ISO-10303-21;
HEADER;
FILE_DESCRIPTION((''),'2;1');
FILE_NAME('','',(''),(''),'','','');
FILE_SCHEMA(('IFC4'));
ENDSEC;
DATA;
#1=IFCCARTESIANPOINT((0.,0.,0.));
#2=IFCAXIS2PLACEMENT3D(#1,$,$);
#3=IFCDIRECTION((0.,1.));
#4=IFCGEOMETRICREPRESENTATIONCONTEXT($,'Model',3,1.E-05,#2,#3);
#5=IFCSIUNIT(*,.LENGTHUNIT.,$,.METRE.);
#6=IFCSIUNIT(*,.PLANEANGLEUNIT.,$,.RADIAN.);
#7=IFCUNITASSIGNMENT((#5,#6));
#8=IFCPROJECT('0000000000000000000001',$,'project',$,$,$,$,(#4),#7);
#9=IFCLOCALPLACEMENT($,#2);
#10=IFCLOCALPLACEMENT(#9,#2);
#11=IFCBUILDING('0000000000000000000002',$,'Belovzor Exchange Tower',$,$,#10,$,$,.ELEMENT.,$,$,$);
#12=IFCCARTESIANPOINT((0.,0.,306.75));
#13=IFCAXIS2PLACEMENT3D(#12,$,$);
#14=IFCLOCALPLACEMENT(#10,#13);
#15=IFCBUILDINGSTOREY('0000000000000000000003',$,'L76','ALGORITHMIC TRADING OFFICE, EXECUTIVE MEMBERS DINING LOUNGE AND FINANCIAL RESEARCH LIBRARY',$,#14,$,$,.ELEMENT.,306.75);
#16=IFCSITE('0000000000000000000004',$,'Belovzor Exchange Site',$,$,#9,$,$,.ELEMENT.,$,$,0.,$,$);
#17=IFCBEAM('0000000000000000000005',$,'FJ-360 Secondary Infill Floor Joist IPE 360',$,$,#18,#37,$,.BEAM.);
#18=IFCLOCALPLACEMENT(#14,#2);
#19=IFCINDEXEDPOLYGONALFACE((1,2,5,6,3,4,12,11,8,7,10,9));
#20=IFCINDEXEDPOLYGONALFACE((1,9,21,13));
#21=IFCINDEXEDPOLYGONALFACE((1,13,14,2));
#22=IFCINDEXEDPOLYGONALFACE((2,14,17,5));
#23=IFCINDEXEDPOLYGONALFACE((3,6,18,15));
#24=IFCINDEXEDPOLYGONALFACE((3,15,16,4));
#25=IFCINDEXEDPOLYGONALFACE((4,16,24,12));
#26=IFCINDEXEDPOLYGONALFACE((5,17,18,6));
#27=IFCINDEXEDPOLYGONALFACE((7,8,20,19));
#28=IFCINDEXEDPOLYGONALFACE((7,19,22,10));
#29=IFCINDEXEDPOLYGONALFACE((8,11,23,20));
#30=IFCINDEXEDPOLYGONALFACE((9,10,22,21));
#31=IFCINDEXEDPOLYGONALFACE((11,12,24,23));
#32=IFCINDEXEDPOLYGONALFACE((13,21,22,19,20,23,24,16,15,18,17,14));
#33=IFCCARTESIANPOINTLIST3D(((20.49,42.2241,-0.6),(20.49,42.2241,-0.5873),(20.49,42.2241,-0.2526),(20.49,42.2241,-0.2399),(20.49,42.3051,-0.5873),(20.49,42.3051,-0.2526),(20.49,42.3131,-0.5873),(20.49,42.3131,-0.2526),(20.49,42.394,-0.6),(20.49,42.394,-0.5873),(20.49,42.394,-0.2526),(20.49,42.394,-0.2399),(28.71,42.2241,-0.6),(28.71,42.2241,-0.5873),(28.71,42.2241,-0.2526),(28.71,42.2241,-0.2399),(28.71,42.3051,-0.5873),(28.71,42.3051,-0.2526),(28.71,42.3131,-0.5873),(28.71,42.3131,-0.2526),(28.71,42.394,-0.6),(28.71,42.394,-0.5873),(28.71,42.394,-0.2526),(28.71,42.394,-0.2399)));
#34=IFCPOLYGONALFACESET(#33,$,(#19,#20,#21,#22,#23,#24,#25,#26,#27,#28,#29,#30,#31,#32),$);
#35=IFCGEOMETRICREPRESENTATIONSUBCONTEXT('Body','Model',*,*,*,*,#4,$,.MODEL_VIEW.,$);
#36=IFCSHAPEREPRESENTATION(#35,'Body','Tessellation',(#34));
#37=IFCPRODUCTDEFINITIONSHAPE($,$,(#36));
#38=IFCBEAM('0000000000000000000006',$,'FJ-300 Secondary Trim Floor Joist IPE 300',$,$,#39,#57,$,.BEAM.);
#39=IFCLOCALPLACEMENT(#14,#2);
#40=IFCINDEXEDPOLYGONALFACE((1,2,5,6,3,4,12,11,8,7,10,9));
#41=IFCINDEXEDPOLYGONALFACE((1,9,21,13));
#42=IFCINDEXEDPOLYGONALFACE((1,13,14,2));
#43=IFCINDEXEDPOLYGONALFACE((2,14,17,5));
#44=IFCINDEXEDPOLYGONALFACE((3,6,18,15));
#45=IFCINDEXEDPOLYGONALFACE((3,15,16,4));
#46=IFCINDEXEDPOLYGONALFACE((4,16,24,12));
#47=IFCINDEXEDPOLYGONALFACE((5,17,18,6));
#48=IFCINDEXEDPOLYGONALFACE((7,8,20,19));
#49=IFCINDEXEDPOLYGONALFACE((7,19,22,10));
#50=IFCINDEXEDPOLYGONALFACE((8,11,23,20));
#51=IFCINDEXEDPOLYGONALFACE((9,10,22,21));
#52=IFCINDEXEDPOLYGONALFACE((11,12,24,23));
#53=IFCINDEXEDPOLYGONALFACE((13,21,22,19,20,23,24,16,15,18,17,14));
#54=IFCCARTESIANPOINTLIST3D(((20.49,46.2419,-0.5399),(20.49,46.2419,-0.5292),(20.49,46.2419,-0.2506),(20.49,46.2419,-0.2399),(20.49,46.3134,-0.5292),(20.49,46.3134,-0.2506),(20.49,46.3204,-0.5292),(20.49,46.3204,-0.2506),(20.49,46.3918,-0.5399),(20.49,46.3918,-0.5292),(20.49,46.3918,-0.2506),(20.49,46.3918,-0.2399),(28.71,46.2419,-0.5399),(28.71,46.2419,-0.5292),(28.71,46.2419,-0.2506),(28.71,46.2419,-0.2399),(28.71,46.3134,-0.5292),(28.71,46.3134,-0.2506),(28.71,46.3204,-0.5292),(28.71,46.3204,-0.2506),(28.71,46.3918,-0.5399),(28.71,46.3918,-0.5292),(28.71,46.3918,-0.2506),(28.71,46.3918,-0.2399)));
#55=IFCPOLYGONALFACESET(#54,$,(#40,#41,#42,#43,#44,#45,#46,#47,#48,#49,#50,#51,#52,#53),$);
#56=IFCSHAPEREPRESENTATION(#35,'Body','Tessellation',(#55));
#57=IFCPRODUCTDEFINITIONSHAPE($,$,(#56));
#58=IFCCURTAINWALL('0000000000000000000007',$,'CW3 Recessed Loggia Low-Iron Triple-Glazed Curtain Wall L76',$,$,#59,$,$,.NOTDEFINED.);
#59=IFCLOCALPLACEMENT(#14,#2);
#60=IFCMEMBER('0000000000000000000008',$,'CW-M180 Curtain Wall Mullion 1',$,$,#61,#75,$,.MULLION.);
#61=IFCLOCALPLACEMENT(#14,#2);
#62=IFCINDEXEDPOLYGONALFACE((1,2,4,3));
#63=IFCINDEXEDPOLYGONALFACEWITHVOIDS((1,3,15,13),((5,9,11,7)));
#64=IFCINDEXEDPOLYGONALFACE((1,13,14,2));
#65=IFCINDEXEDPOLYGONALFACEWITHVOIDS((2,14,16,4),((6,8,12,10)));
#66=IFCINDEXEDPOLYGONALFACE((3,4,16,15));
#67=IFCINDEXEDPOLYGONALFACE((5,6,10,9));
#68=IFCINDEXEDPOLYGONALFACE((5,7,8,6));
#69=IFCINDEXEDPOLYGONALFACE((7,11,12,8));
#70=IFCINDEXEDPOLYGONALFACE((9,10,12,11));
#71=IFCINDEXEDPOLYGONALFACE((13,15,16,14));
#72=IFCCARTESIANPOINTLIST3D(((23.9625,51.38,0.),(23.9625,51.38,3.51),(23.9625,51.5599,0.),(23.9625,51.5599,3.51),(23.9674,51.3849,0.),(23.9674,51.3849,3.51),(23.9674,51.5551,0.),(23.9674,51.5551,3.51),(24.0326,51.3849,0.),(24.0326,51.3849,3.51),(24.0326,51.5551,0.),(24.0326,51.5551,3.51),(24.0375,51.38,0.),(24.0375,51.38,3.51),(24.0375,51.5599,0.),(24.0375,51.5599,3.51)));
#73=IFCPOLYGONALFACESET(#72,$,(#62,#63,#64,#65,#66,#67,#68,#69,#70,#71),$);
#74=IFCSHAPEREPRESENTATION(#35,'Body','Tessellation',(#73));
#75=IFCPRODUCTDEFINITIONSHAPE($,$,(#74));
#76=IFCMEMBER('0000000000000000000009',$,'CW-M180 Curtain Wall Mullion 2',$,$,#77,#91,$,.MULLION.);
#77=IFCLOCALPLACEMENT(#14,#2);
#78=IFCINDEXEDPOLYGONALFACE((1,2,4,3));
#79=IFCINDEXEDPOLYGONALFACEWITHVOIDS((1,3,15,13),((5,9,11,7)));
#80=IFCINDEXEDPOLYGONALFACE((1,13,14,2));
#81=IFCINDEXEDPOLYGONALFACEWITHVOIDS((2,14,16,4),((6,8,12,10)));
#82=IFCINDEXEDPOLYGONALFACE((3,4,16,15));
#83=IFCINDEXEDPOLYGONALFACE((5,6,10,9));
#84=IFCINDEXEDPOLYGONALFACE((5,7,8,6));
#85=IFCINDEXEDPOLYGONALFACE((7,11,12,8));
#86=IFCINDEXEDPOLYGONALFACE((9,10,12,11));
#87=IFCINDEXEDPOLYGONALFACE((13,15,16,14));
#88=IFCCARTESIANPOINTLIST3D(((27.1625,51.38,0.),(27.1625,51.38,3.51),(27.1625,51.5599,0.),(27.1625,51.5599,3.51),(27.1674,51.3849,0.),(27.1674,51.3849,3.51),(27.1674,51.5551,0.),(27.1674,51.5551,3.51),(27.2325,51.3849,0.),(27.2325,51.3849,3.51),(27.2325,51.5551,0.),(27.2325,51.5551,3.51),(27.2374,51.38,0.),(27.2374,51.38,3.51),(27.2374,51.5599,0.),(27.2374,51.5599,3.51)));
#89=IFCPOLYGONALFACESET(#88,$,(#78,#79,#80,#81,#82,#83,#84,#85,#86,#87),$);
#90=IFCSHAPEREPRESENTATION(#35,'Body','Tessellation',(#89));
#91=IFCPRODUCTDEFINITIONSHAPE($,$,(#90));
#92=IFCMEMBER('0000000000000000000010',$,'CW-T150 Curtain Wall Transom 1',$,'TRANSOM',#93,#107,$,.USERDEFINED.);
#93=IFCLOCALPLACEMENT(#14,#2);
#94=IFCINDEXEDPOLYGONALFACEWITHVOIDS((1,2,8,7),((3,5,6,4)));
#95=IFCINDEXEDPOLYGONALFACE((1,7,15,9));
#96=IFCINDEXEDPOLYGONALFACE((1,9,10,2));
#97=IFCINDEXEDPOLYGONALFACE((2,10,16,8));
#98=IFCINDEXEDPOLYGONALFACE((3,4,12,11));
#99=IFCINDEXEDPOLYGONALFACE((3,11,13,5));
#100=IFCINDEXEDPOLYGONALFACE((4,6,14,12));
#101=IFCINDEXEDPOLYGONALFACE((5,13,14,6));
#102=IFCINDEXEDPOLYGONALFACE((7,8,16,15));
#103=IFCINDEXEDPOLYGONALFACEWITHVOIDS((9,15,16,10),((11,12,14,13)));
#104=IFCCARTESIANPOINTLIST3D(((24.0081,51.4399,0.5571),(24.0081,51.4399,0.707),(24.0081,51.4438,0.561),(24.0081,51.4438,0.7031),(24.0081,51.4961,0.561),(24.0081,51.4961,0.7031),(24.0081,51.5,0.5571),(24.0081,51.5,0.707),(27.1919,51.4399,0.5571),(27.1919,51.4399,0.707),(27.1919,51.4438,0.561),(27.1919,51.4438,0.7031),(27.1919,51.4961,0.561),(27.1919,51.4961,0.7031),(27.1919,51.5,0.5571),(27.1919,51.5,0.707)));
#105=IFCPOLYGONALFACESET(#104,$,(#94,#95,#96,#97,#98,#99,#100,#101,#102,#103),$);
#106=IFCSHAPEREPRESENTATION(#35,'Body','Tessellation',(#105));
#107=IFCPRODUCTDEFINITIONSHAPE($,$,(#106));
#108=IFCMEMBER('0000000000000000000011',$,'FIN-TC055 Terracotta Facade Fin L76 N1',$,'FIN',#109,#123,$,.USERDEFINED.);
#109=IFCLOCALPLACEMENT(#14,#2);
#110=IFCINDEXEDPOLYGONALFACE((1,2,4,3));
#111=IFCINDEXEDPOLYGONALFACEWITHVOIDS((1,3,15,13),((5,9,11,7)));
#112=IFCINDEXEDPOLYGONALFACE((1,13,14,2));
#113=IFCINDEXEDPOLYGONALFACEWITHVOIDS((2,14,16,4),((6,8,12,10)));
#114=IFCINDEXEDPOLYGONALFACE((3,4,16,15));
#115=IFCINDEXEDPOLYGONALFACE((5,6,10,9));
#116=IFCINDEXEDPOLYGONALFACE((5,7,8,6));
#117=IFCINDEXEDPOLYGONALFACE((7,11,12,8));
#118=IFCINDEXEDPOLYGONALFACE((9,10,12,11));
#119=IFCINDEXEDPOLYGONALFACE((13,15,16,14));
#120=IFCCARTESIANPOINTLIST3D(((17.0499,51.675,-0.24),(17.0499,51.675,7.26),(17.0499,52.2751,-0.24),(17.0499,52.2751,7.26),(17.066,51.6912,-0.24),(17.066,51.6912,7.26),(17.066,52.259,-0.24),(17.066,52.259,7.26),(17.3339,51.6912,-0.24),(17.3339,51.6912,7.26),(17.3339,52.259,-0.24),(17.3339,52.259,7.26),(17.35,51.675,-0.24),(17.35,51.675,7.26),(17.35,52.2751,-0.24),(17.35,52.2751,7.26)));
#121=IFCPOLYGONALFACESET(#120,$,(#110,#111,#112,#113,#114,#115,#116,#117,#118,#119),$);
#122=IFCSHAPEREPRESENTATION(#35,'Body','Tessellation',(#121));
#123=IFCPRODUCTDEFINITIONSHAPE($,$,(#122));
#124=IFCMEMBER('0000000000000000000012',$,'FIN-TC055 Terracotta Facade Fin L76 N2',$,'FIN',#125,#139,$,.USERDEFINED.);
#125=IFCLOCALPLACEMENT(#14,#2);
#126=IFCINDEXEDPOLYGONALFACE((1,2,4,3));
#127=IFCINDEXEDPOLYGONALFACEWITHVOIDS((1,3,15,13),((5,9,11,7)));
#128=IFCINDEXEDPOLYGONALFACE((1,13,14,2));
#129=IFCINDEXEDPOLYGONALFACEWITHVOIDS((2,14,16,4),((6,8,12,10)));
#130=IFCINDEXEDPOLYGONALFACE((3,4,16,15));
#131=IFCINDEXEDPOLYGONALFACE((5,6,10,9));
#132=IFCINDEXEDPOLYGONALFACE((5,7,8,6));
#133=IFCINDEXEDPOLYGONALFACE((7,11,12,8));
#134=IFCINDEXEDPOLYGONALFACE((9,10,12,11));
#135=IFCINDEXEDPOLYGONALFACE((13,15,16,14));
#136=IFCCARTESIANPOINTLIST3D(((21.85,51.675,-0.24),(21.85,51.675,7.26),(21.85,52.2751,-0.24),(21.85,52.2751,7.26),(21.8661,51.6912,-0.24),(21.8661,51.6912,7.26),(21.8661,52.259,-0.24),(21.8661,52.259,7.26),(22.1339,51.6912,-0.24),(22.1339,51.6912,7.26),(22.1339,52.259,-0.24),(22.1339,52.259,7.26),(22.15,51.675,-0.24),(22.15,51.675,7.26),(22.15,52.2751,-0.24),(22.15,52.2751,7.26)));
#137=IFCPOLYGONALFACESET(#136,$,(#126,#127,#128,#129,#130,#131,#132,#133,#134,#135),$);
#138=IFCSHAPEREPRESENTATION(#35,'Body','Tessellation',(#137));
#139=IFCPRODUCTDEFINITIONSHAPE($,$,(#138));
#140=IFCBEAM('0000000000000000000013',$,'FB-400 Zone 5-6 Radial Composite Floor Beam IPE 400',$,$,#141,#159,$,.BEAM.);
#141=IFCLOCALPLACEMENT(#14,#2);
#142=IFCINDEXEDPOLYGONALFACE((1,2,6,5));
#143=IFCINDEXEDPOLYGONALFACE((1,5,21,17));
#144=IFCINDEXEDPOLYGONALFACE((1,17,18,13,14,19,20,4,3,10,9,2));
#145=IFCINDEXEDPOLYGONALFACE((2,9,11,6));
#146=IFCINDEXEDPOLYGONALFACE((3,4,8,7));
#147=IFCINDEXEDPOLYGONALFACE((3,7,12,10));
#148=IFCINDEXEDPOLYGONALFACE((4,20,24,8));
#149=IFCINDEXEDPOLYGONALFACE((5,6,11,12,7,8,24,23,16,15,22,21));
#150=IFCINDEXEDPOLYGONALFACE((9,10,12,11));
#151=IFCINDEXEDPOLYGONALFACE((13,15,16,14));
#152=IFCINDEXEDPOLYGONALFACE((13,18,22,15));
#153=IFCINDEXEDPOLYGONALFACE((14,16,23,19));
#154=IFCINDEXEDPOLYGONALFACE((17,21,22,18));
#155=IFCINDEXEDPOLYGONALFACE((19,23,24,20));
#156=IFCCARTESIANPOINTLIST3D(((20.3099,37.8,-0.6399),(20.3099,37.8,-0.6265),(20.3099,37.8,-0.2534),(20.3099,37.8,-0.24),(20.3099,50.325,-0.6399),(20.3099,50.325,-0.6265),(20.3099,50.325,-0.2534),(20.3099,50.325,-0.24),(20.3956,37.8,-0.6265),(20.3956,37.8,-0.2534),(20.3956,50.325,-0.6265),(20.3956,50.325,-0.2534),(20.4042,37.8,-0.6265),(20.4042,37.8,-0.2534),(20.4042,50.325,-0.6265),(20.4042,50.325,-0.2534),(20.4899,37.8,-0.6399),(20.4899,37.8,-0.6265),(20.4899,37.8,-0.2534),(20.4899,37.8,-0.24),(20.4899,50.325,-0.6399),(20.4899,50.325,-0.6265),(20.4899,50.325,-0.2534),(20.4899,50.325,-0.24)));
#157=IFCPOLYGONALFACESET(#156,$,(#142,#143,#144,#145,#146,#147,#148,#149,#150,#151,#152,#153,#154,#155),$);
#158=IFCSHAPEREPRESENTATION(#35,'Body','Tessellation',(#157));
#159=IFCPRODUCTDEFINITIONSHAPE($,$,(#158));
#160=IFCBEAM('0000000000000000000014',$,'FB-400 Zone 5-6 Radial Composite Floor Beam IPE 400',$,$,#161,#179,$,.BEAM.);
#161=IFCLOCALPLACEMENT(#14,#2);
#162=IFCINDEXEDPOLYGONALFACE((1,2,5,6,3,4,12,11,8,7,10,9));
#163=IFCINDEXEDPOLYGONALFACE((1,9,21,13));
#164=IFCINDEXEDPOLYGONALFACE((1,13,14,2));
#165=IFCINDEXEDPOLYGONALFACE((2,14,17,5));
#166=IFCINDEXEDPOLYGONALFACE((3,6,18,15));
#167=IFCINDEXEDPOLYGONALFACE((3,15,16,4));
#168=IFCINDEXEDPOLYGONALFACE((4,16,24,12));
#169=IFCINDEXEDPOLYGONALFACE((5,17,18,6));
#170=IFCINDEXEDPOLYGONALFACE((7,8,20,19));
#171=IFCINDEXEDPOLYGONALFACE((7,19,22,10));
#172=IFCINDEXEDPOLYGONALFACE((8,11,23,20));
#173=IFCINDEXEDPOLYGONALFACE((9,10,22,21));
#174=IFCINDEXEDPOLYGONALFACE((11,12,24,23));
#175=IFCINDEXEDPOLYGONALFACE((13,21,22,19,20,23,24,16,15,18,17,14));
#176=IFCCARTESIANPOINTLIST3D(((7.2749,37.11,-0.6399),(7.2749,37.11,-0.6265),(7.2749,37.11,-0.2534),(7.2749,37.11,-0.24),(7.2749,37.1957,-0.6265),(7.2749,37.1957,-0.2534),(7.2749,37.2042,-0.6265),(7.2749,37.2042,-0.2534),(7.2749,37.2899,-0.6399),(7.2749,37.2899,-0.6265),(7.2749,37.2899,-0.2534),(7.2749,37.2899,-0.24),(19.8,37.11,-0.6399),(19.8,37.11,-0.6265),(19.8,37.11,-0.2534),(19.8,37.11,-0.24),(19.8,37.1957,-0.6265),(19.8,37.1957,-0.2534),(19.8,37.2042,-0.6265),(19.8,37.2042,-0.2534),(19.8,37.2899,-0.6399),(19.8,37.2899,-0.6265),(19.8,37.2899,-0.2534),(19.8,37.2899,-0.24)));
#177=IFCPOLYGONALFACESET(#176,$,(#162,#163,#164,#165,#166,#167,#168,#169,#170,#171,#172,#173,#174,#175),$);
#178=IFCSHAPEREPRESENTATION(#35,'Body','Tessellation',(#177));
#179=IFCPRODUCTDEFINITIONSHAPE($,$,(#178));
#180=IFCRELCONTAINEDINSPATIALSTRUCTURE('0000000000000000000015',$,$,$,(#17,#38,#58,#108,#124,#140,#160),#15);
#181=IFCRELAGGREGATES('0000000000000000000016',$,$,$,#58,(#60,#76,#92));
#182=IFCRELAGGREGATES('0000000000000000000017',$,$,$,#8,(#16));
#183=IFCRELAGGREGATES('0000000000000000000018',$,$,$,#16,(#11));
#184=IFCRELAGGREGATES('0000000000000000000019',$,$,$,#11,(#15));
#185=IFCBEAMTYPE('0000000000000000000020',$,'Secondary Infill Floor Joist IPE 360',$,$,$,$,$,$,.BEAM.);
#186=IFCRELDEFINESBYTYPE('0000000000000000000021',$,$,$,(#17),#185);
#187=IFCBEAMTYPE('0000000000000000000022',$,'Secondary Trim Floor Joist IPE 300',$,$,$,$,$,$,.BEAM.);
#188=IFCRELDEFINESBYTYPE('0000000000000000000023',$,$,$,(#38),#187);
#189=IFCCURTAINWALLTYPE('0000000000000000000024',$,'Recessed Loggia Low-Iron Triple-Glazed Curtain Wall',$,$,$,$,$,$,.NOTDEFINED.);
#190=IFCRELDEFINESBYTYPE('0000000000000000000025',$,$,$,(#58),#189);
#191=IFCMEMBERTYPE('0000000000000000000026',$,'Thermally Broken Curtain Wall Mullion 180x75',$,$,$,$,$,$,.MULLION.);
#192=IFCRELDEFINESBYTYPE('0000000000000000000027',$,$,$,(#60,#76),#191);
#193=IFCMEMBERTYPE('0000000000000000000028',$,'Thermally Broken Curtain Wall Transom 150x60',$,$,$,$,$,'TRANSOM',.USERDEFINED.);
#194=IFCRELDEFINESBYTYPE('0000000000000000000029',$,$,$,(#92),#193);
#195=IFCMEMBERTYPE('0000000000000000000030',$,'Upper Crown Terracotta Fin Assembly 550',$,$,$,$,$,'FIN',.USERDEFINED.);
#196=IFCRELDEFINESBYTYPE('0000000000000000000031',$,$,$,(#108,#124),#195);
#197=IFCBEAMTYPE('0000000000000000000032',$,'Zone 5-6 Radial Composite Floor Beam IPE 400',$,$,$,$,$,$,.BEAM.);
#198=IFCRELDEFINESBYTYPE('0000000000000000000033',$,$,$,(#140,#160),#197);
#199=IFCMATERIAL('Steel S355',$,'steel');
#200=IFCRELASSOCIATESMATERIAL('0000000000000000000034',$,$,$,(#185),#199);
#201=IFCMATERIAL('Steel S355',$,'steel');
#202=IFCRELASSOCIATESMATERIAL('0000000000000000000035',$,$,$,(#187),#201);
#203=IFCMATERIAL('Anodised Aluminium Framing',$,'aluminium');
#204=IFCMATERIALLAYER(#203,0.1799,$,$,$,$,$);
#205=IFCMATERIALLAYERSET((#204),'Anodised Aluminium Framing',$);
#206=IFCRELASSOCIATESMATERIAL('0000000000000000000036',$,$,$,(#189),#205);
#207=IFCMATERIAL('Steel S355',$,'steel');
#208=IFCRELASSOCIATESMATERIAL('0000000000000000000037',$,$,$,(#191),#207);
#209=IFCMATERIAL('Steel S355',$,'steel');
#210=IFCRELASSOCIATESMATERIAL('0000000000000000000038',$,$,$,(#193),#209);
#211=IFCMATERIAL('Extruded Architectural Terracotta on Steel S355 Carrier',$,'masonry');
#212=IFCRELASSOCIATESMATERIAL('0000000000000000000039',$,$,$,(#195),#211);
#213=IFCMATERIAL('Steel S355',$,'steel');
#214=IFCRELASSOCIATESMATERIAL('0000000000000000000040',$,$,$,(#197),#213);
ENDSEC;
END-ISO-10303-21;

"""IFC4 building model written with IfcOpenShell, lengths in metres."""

from ifc_helpers import new_model, si_unit, direction, frame, origin, origin_2d, place, context, subcontext, project, spatial, hollow_rectangle, i_section, extrude, material, layer, layer_set, material_profile, profile_set, type_object, element, aggregate, save


model = new_model("IFC4")

# Units and contexts
model_context = context("Model", 3, precision=1e-05, world=origin(), true_north=direction((0.0, 1.0)))
body_context = subcontext(model_context, "Body", "Model", "MODEL_VIEW")
ifc_project = project(units=[si_unit("LENGTHUNIT", "METRE"), si_unit("PLANEANGLEUNIT", "RADIAN")], contexts=[model_context])

# Site, building, storey
site_placement = place(None, origin())
site = spatial("IfcSite", under=ifc_project, at=site_placement, Name="Belovzor Exchange Site", CompositionType="ELEMENT", RefElevation=0.0)
building_placement = place(site_placement, origin())
building = spatial("IfcBuilding", under=site, at=building_placement, Name="Belovzor Exchange Tower", CompositionType="ELEMENT")
storey_placement = place(building_placement, frame((0.0, 0.0, 306.75)))
storey = spatial("IfcBuildingStorey", under=building, at=storey_placement, Name="L76", Description="ALGORITHMIC TRADING OFFICE, EXECUTIVE MEMBERS DINING LOUNGE AND FINANCIAL RESEARCH LIBRARY", CompositionType="ELEMENT", Elevation=306.75)

# Beams
ifc_material_1 = material(Name="Steel S355", Category="steel")
ifc_material_profile_1 = material_profile(ifc_material_1, i_section(OverallWidth=0.1699, OverallDepth=0.3601, WebThickness=0.0081, FlangeThickness=0.0127, at=origin_2d()))
ifc_profile_set_1 = profile_set([ifc_material_profile_1], Name="Steel S355")
beam_type_1 = type_object("IfcBeamType", Name="Secondary Infill Floor Joist IPE 360", PredefinedType="BEAM", material=ifc_profile_set_1)
beam_1_placement = place(storey_placement, frame((20.49, 42.3091, -0.4199), z_axis=(1.0, 0.0, 0.0), x_axis=(0.0, 1.0, 0.0)))
element("IfcBeam", 1, at=beam_1_placement, inside=storey, type_object=beam_type_1, Name="FJ-360 Secondary Infill Floor Joist IPE 360", PredefinedType="BEAM", context=body_context, shape_type="SweptSolid", body=[
    extrude(i_section(OverallWidth=0.1699, OverallDepth=0.3601, WebThickness=0.0081, FlangeThickness=0.0127, at=origin_2d()), origin(), (0.0, 0.0, 1.0), 8.22),
])
ifc_material_2 = material(Name="Steel S355", Category="steel")
ifc_material_profile_2 = material_profile(ifc_material_2, i_section(OverallWidth=0.1499, OverallDepth=0.3, WebThickness=0.0071, FlangeThickness=0.0107, at=origin_2d()))
ifc_profile_set_2 = profile_set([ifc_material_profile_2], Name="Steel S355")
beam_type_2 = type_object("IfcBeamType", Name="Secondary Trim Floor Joist IPE 300", PredefinedType="BEAM", material=ifc_profile_set_2)
beam_2_placement = place(storey_placement, frame((20.49, 46.3169, -0.3899), z_axis=(1.0, 0.0, 0.0), x_axis=(0.0, 1.0, 0.0)))
element("IfcBeam", 2, at=beam_2_placement, inside=storey, type_object=beam_type_2, Name="FJ-300 Secondary Trim Floor Joist IPE 300", PredefinedType="BEAM", context=body_context, shape_type="SweptSolid", body=[
    extrude(i_section(OverallWidth=0.1499, OverallDepth=0.3, WebThickness=0.0071, FlangeThickness=0.0107, at=origin_2d()), origin(), (0.0, 0.0, 1.0), 8.22),
])

# Curtain wall, members
ifc_material_3 = material(Name="Anodised Aluminium Framing", Category="aluminium")
ifc_layer_1 = layer(ifc_material_3, 0.1799)
ifc_layer_set_1 = layer_set([ifc_layer_1], Name="Anodised Aluminium Framing")
curtain_wall_type = type_object("IfcCurtainWallType", Name="Recessed Loggia Low-Iron Triple-Glazed Curtain Wall", PredefinedType="NOTDEFINED", material=ifc_layer_set_1)
curtain_wall_placement = place(storey_placement, origin())
curtain_wall = element("IfcCurtainWall", 3, at=curtain_wall_placement, inside=storey, type_object=curtain_wall_type, Name="CW3 Recessed Loggia Low-Iron Triple-Glazed Curtain Wall L76", PredefinedType="NOTDEFINED")
ifc_material_4 = material(Name="Steel S355", Category="steel")
ifc_material_profile_3 = material_profile(ifc_material_4, hollow_rectangle(XDim=0.075, YDim=0.1799, WallThickness=0.0049, at=origin_2d()))
ifc_profile_set_3 = profile_set([ifc_material_profile_3], Name="Steel S355")
member_type_1 = type_object("IfcMemberType", Name="Thermally Broken Curtain Wall Mullion 180x75", PredefinedType="MULLION", material=ifc_profile_set_3)
member_1_placement = place(storey_placement, frame((24.0, 51.47, 0.0), z_axis=(0.0, 0.0, 1.0), x_axis=(1.0, 0.0, 0.0)))
member_1 = element("IfcMember", 4, at=member_1_placement, type_object=member_type_1, Name="CW-M180 Curtain Wall Mullion 1", PredefinedType="MULLION", context=body_context, shape_type="SweptSolid", body=[
    extrude(hollow_rectangle(XDim=0.075, YDim=0.1799, WallThickness=0.0049, at=origin_2d()), origin(), (0.0, 0.0, 1.0), 3.51),
])
member_2_placement = place(storey_placement, frame((27.2, 51.47, 0.0), z_axis=(0.0, 0.0, 1.0), x_axis=(1.0, 0.0, 0.0)))
member_2 = element("IfcMember", 5, at=member_2_placement, type_object=member_type_1, Name="CW-M180 Curtain Wall Mullion 2", PredefinedType="MULLION", context=body_context, shape_type="SweptSolid", body=[
    extrude(hollow_rectangle(XDim=0.075, YDim=0.1799, WallThickness=0.0049, at=origin_2d()), origin(), (0.0, 0.0, 1.0), 3.51),
])
ifc_material_5 = material(Name="Steel S355", Category="steel")
ifc_material_profile_4 = material_profile(ifc_material_5, hollow_rectangle(XDim=0.0601, YDim=0.1499, WallThickness=0.0039, at=origin_2d()))
ifc_profile_set_4 = profile_set([ifc_material_profile_4], Name="Steel S355")
member_type_2 = type_object("IfcMemberType", Name="Thermally Broken Curtain Wall Transom 150x60", ElementType="TRANSOM", PredefinedType="USERDEFINED", material=ifc_profile_set_4)
member_3_placement = place(storey_placement, frame((24.0081, 51.47, 0.6321), z_axis=(1.0, 0.0, 0.0), x_axis=(0.0, 1.0, 0.0)))
member_3 = element("IfcMember", 6, at=member_3_placement, type_object=member_type_2, Name="CW-T150 Curtain Wall Transom 1", ObjectType="TRANSOM", PredefinedType="USERDEFINED", context=body_context, shape_type="SweptSolid", body=[
    extrude(hollow_rectangle(XDim=0.0601, YDim=0.1499, WallThickness=0.0039, at=origin_2d()), origin(), (0.0, 0.0, 1.0), 3.1838),
])

# Members
ifc_material_6 = material(Name="Extruded Architectural Terracotta on Steel S355 Carrier", Category="masonry")
ifc_material_profile_5 = material_profile(ifc_material_6, hollow_rectangle(XDim=0.3, YDim=0.6001, WallThickness=0.0161, at=origin_2d()))
ifc_profile_set_5 = profile_set([ifc_material_profile_5], Name="Extruded Architectural Terracotta on Steel S355 Carrier")
member_type_3 = type_object("IfcMemberType", Name="Upper Crown Terracotta Fin Assembly 550", ElementType="FIN", PredefinedType="USERDEFINED", material=ifc_profile_set_5)
for number, where, z_axis, x_axis, name in (
    (7, (17.2, 51.9751, -0.24), (0.0, 0.0, 1.0), (1.0, 0.0, 0.0), "FIN-TC055 Terracotta Facade Fin L76 N1"),
    (8, (22.0, 51.9751, -0.24), (0.0, 0.0, 1.0), (1.0, 0.0, 0.0), "FIN-TC055 Terracotta Facade Fin L76 N2"),
):
    element("IfcMember", number, at=place(storey_placement, frame(where, z_axis=z_axis, x_axis=x_axis)), inside=storey, type_object=member_type_3, Name=name, ObjectType="FIN", PredefinedType="USERDEFINED", context=body_context, shape_type="SweptSolid", body=[
        extrude(hollow_rectangle(XDim=0.3, YDim=0.6001, WallThickness=0.0161, at=origin_2d()), origin(), (0.0, 0.0, 1.0), 7.5),
    ])

# Beams
ifc_material_7 = material(Name="Steel S355", Category="steel")
ifc_material_profile_6 = material_profile(ifc_material_7, i_section(OverallWidth=0.1799, OverallDepth=0.3999, WebThickness=0.0085, FlangeThickness=0.0134, at=origin_2d()))
ifc_profile_set_6 = profile_set([ifc_material_profile_6], Name="Steel S355")
beam_type_3 = type_object("IfcBeamType", Name="Zone 5-6 Radial Composite Floor Beam IPE 400", PredefinedType="BEAM", material=ifc_profile_set_6)
beam_3_placement = place(storey_placement, frame((20.3999, 37.8, -0.4399), z_axis=(0.0, 1.0, 0.0), x_axis=(-1.0, 0.0, 0.0)))
element("IfcBeam", 9, at=beam_3_placement, inside=storey, type_object=beam_type_3, Name="FB-400 Zone 5-6 Radial Composite Floor Beam IPE 400", PredefinedType="BEAM", context=body_context, shape_type="SweptSolid", body=[
    extrude(i_section(OverallWidth=0.1799, OverallDepth=0.3999, WebThickness=0.0085, FlangeThickness=0.0134, at=origin_2d()), origin(), (0.0, 0.0, 1.0), 12.5249),
])
beam_4_placement = place(storey_placement, frame((19.8, 37.2, -0.4399), z_axis=(-1.0, 0.0, 0.0), x_axis=(0.0, -1.0, 0.0)))
element("IfcBeam", 10, at=beam_4_placement, inside=storey, type_object=beam_type_3, Name="FB-400 Zone 5-6 Radial Composite Floor Beam IPE 400", PredefinedType="BEAM", context=body_context, shape_type="SweptSolid", body=[
    extrude(i_section(OverallWidth=0.1799, OverallDepth=0.3999, WebThickness=0.0085, FlangeThickness=0.0134, at=origin_2d()), origin(), (0.0, 0.0, 1.0), 12.5251),
])

aggregate(curtain_wall, [member_1, member_2, member_3])

save(model, "model.ifc")
